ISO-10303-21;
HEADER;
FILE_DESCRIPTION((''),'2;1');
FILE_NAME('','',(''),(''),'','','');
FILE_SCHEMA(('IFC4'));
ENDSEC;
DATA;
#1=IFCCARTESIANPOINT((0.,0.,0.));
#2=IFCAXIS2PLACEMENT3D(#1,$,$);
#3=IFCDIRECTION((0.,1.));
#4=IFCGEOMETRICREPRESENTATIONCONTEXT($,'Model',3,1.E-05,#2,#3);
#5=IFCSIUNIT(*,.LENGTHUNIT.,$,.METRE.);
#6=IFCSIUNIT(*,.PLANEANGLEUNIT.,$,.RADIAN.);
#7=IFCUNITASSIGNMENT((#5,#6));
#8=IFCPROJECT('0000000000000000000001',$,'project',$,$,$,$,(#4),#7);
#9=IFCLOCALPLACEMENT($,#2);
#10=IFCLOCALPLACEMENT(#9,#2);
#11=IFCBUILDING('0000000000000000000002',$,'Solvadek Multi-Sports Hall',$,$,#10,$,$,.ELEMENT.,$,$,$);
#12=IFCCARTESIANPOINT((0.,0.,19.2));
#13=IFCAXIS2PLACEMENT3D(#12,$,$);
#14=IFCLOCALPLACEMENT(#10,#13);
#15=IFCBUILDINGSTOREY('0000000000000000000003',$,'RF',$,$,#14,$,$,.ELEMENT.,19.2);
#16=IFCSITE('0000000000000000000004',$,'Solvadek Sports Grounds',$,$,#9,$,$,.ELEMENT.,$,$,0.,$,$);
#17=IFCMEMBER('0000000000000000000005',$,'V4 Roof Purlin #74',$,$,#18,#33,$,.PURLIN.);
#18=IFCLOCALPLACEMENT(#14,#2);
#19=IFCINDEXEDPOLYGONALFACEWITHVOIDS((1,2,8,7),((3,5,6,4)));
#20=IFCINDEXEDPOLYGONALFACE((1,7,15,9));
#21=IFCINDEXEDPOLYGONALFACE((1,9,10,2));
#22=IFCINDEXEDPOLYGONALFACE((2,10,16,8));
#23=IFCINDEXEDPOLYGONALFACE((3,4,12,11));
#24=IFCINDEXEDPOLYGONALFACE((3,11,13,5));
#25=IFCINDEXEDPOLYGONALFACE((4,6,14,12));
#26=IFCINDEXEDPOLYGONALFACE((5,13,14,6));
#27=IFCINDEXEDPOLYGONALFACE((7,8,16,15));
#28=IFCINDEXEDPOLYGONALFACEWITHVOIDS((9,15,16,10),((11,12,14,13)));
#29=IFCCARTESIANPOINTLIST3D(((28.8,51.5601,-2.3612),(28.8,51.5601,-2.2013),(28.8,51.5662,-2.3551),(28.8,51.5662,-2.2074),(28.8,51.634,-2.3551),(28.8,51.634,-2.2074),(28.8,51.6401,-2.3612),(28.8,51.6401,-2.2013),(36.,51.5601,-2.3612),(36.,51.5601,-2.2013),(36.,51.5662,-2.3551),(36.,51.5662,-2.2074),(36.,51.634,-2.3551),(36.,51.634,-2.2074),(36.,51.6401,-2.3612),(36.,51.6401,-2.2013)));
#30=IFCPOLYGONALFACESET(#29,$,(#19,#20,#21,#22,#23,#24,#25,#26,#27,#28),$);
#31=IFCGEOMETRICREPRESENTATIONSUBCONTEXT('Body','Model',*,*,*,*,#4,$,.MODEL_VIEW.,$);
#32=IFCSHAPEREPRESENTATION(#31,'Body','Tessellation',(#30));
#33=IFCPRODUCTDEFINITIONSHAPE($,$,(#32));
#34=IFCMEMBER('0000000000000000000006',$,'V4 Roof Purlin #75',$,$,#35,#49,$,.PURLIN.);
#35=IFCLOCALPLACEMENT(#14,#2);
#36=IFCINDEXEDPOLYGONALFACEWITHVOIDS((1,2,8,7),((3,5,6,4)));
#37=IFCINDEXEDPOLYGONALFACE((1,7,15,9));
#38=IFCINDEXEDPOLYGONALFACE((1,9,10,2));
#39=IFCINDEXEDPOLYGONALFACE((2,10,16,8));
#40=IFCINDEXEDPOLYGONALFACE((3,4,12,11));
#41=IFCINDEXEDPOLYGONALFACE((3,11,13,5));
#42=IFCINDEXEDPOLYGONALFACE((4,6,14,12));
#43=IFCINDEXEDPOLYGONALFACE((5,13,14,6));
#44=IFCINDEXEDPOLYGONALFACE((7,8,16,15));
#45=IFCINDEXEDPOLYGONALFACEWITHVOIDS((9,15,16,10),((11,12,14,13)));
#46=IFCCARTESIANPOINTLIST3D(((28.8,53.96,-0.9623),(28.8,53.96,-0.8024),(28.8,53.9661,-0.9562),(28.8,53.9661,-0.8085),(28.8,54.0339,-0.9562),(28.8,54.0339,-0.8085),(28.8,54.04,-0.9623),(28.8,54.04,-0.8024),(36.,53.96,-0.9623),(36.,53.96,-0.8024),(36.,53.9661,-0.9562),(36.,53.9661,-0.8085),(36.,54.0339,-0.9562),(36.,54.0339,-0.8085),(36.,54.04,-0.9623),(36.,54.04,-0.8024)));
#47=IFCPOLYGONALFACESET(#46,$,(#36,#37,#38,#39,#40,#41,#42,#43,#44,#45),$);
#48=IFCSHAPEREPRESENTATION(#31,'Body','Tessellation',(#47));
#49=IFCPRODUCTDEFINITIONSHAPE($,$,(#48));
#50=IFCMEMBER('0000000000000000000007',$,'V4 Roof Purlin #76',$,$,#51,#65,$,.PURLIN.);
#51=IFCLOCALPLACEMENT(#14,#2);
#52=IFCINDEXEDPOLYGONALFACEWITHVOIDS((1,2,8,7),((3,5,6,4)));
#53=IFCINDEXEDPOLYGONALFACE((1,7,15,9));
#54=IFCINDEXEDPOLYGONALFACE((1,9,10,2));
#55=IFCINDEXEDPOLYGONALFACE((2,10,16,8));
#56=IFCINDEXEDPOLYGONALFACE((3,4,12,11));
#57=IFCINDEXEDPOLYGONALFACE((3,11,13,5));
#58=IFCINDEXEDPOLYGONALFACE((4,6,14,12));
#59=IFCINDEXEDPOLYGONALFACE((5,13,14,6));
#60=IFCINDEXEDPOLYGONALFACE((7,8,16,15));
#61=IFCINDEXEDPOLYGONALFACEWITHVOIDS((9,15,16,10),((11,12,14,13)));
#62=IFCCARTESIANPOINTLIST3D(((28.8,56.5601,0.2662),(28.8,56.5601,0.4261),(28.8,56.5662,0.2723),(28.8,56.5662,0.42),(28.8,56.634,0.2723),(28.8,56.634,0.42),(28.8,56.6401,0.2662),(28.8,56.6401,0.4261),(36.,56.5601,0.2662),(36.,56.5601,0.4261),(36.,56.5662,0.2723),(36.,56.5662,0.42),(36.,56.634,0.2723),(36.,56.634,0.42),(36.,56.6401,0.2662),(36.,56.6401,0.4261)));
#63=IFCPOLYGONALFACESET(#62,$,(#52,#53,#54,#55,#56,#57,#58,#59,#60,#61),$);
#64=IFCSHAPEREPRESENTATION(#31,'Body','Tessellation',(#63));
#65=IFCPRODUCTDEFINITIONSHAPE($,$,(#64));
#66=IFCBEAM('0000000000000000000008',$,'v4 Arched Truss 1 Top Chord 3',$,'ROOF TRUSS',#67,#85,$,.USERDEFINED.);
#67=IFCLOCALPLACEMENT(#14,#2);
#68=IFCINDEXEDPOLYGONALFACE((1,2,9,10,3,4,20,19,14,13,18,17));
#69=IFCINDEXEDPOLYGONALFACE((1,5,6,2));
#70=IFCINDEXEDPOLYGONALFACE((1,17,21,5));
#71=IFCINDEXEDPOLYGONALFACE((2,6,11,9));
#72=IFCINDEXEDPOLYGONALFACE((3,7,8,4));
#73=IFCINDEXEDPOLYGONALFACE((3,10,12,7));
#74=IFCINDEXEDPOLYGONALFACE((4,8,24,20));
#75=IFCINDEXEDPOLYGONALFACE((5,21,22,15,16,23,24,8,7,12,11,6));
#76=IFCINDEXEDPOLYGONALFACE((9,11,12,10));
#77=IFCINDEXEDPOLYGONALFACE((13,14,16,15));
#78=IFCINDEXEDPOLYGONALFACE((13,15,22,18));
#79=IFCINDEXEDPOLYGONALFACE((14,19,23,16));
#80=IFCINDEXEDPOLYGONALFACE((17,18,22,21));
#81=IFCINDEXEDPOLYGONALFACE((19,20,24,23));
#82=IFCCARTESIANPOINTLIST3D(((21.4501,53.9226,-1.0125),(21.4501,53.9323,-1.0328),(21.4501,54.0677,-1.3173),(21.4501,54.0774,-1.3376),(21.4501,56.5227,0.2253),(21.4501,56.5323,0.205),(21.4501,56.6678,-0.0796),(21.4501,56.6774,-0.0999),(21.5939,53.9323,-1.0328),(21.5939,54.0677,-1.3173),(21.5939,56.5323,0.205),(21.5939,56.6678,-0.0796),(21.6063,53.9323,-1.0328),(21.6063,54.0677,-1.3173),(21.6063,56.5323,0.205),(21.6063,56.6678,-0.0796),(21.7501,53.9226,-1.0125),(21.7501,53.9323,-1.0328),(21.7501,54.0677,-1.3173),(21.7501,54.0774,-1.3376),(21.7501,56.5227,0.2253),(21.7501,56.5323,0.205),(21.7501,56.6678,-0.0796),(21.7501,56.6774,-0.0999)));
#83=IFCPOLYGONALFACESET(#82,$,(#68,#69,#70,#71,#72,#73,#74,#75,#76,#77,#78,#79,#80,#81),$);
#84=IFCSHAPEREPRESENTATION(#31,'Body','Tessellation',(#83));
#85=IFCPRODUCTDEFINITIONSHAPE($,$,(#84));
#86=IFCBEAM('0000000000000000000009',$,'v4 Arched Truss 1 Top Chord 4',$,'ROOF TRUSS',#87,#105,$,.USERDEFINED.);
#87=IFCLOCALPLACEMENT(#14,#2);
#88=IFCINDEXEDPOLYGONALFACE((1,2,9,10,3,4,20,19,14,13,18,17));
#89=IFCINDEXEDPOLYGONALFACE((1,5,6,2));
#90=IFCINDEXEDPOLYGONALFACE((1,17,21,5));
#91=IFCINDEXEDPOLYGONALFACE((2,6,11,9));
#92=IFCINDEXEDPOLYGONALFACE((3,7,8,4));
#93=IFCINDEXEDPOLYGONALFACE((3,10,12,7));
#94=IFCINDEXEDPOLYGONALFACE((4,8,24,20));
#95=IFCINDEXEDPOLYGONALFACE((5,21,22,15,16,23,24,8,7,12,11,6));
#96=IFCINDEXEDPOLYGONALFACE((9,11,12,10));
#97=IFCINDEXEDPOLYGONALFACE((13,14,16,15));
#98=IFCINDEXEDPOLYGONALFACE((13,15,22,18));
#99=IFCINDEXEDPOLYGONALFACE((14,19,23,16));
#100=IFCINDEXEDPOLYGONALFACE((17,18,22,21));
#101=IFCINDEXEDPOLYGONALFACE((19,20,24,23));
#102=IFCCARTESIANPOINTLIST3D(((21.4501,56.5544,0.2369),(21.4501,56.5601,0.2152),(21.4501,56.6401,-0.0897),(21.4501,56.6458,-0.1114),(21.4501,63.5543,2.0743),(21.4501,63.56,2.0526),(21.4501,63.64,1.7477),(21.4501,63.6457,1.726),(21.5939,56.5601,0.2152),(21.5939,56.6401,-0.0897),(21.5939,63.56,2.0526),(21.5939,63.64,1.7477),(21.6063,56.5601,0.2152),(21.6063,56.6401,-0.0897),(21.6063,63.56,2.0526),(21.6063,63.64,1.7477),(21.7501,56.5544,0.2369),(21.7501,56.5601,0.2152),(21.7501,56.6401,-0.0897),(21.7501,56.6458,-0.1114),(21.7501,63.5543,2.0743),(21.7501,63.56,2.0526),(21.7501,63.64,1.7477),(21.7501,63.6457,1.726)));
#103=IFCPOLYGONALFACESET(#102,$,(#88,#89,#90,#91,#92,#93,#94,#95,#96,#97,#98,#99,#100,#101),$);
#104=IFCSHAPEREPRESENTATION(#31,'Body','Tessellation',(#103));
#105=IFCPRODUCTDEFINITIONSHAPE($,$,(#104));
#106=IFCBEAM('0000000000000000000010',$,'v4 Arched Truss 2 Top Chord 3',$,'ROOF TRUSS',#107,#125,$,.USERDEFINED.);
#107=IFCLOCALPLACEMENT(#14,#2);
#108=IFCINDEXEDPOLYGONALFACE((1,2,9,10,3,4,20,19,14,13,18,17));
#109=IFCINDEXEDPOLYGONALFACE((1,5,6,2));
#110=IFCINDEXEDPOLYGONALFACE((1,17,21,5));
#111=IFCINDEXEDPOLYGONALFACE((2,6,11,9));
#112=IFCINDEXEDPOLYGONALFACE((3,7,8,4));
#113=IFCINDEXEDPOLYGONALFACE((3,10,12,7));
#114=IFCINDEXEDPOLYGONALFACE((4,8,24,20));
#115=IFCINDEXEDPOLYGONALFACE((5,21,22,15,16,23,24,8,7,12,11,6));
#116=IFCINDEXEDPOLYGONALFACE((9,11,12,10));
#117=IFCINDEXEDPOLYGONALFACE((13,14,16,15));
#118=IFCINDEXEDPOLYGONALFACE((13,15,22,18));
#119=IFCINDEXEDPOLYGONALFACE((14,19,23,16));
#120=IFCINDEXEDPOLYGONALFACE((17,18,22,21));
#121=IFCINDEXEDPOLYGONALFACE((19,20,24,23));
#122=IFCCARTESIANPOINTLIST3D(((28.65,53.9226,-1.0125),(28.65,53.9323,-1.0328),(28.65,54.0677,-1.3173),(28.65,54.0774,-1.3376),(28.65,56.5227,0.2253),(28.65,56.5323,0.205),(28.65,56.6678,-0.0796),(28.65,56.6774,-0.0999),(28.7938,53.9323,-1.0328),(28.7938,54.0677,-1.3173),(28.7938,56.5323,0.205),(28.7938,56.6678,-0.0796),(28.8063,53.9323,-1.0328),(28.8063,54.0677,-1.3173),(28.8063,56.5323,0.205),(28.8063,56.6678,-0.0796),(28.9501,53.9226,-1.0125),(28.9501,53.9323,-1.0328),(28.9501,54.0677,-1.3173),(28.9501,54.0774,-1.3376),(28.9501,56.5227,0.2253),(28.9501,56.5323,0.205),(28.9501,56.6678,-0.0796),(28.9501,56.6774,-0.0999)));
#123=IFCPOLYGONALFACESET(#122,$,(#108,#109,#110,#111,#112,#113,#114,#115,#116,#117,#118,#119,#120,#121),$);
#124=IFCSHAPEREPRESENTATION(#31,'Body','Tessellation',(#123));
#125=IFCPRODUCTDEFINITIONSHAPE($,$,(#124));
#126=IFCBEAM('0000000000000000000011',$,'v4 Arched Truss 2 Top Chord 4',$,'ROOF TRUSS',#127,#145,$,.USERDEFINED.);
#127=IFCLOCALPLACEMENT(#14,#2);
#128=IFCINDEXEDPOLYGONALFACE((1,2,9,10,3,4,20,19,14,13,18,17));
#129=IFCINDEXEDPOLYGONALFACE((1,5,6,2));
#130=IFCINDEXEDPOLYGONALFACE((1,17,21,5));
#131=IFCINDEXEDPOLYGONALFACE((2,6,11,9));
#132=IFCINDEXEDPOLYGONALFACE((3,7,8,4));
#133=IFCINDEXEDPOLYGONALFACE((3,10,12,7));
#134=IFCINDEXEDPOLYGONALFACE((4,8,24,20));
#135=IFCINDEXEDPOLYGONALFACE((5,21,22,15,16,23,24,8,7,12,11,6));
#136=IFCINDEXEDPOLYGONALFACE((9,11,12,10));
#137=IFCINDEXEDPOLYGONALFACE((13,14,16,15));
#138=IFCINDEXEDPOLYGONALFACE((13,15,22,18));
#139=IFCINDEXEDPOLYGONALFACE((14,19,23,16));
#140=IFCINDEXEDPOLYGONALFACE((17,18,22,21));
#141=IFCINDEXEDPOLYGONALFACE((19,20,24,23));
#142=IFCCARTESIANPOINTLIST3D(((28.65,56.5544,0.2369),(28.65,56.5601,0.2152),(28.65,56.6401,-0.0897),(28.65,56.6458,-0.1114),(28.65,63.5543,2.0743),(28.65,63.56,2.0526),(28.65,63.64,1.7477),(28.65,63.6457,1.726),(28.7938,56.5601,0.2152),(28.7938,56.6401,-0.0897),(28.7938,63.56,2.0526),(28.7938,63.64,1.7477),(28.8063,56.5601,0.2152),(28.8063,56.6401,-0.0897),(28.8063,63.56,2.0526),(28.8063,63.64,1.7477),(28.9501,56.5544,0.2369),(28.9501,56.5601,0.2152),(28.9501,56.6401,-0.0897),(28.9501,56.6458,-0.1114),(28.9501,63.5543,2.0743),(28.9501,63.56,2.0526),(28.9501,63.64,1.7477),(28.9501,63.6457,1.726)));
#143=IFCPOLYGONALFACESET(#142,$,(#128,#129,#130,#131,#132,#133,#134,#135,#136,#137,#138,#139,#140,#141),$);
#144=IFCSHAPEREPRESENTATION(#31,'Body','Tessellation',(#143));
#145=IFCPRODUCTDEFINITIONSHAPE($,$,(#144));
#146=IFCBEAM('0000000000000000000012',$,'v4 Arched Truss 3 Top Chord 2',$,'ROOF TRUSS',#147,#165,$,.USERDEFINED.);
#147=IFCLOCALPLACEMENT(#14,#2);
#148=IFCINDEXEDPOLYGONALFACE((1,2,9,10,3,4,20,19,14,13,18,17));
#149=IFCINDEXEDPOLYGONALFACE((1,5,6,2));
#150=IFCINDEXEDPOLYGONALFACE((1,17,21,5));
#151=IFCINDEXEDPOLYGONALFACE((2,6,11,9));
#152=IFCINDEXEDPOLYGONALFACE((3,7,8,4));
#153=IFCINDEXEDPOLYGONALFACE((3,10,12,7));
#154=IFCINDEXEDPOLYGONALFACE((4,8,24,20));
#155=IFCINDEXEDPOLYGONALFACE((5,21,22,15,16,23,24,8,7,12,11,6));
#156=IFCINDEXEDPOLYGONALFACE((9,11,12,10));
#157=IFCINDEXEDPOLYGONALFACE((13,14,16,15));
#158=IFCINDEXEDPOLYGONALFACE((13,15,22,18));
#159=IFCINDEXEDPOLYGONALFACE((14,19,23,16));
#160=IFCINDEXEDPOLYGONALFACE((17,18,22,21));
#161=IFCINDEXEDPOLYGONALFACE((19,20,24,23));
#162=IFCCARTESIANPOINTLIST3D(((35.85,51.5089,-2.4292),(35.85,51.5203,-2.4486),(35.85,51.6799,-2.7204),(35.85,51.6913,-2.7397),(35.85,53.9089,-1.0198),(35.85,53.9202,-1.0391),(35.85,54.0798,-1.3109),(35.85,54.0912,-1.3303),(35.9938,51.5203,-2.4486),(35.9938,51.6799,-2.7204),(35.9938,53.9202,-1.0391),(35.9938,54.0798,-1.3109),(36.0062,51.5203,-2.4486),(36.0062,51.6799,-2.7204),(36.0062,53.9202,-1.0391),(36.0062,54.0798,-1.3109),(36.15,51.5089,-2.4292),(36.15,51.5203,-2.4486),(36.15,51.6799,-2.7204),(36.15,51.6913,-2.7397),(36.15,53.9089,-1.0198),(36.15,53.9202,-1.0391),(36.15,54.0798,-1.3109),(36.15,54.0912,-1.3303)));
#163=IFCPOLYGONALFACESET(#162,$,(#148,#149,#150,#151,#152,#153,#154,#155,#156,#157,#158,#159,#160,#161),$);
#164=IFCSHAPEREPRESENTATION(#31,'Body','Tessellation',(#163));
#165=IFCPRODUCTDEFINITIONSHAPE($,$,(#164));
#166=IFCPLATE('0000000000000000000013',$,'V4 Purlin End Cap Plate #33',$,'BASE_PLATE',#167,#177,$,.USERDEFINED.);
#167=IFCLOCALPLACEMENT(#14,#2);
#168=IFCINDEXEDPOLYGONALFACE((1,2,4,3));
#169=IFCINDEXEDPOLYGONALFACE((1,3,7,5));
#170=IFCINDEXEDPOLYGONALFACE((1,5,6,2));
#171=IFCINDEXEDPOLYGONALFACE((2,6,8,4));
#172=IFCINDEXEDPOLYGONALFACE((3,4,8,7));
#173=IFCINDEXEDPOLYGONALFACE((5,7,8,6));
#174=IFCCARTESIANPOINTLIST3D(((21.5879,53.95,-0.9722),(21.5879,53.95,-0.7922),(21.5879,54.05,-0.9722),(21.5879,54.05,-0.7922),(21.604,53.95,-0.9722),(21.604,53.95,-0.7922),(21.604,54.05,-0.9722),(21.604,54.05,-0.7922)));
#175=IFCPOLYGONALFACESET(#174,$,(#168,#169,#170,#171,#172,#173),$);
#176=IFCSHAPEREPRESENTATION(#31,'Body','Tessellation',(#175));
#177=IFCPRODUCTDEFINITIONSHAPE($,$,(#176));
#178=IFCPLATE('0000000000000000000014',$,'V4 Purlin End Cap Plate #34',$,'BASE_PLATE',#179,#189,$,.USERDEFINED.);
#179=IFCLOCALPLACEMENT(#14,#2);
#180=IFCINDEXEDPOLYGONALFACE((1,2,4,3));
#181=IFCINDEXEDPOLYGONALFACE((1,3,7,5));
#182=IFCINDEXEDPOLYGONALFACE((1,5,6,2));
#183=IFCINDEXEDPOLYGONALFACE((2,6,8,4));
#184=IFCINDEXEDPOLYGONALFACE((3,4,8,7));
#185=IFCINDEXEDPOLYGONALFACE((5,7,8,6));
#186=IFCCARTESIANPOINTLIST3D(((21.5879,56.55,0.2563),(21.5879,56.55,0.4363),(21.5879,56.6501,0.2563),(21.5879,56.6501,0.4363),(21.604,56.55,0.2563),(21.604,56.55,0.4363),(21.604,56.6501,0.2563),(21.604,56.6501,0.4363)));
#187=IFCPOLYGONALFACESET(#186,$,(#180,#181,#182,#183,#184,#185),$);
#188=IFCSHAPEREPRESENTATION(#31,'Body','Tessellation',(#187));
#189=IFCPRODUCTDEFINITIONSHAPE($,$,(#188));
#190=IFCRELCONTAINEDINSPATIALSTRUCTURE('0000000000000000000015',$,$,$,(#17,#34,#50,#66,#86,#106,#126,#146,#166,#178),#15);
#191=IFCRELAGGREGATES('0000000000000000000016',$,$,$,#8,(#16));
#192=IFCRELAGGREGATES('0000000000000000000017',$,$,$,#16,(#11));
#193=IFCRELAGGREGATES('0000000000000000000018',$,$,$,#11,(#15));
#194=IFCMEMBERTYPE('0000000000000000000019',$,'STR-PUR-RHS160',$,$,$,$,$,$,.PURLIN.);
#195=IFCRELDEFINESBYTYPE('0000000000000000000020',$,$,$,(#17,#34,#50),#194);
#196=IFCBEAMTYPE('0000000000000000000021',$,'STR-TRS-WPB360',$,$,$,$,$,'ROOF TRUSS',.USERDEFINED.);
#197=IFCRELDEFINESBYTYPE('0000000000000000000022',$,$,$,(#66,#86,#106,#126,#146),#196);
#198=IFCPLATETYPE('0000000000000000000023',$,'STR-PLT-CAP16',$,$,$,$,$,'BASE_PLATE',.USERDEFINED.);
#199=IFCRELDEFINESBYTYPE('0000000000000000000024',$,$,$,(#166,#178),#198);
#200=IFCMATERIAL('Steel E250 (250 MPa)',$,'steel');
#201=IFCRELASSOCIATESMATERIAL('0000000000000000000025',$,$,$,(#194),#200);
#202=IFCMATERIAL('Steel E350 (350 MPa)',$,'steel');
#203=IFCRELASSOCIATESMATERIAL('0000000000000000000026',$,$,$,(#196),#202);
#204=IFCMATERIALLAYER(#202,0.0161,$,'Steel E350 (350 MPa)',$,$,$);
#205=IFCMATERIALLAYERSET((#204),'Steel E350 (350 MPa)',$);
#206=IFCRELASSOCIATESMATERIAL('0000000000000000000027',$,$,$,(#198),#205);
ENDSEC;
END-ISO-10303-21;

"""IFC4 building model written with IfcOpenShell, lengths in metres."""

from ifc_helpers import new_model, si_unit, direction, frame, origin, origin_2d, place, context, subcontext, project, spatial, rectangle, hollow_rectangle, i_section, extrude, material, layer, layer_set, material_profile, profile_set, type_object, element, save


model = new_model("IFC4")

# Units and contexts
model_context = context("Model", 3, precision=1e-05, world=origin(), true_north=direction((0.0, 1.0)))
body_context = subcontext(model_context, "Body", "Model", "MODEL_VIEW")
ifc_project = project(units=[si_unit("LENGTHUNIT", "METRE"), si_unit("PLANEANGLEUNIT", "RADIAN")], contexts=[model_context])

# Site, building, storey
site_placement = place(None, origin())
site = spatial("IfcSite", under=ifc_project, at=site_placement, Name="Solvadek Sports Grounds", CompositionType="ELEMENT", RefElevation=0.0)
building_placement = place(site_placement, origin())
building = spatial("IfcBuilding", under=site, at=building_placement, Name="Solvadek Multi-Sports Hall", CompositionType="ELEMENT")
storey_placement = place(building_placement, frame((0.0, 0.0, 19.2)))
storey = spatial("IfcBuildingStorey", under=building, at=storey_placement, Name="RF", CompositionType="ELEMENT", Elevation=19.2)

# Members
ifc_material_1 = material(Name="Steel E350 (350 MPa)", Category="steel")
ifc_material_2 = material(Name="Steel E250 (250 MPa)", Category="steel")
ifc_material_profile_1 = material_profile(ifc_material_2, hollow_rectangle(XDim=0.0801, YDim=0.1599, WallThickness=0.0061, at=origin_2d()), Name="RHS 160x80x6")
ifc_profile_set_1 = profile_set([ifc_material_profile_1], Name="Steel E250 (250 MPa)")
member_type_1 = type_object("IfcMemberType", Name="STR-PUR-RHS160", PredefinedType="PURLIN", material=ifc_profile_set_1)
for number, where, z_axis, x_axis, name in (
    (1, (28.8, 51.6001, -2.2812), (1.0, 0.0, 0.0), (0.0, 1.0, 0.0), "V4 Roof Purlin #74"),
    (2, (28.8, 54.0, -0.8823), (1.0, 0.0, 0.0), (0.0, 1.0, 0.0), "V4 Roof Purlin #75"),
    (3, (28.8, 56.6001, 0.3462), (1.0, 0.0, 0.0), (0.0, 1.0, 0.0), "V4 Roof Purlin #76"),
):
    element("IfcMember", number, at=place(storey_placement, frame(where, z_axis=z_axis, x_axis=x_axis)), inside=storey, type_object=member_type_1, Name=name, PredefinedType="PURLIN", context=body_context, shape_type="SweptSolid", body=[
        extrude(hollow_rectangle(XDim=0.0801, YDim=0.1599, WallThickness=0.0061, at=origin_2d()), origin(), (0.0, 0.0, 1.0), 7.2),
    ])

# Beams
ifc_material_profile_2 = material_profile(ifc_material_1, i_section(OverallWidth=0.3, OverallDepth=0.3601, WebThickness=0.0125, FlangeThickness=0.0225, at=origin_2d()), Name="WPB 360")
ifc_profile_set_2 = profile_set([ifc_material_profile_2], Name="Steel E350 (350 MPa)")
beam_type = type_object("IfcBeamType", Name="STR-TRS-WPB360", ElementType="ROOF TRUSS", PredefinedType="USERDEFINED", material=ifc_profile_set_2)
beam_1_placement = place(storey_placement, frame((21.6001, 54.0, -1.175), z_axis=(0.0, 0.902908, 0.429835), x_axis=(-1.0, 0.0, 0.0)))
element("IfcBeam", 4, at=beam_1_placement, inside=storey, type_object=beam_type, Name="v4 Arched Truss 1 Top Chord 3", ObjectType="ROOF TRUSS", PredefinedType="USERDEFINED", context=body_context, shape_type="SweptSolid", body=[
    extrude(i_section(OverallWidth=0.3, OverallDepth=0.3601, WebThickness=0.0125, FlangeThickness=0.0225, at=origin_2d()), origin(), (0.0, 0.0, 1.0), 2.8796),
])
beam_2_placement = place(storey_placement, frame((21.6001, 56.6001, 0.0627), z_axis=(0.0, 0.967234, 0.253886), x_axis=(-1.0, 0.0, 0.0)))
element("IfcBeam", 5, at=beam_2_placement, inside=storey, type_object=beam_type, Name="v4 Arched Truss 1 Top Chord 4", ObjectType="ROOF TRUSS", PredefinedType="USERDEFINED", context=body_context, shape_type="SweptSolid", body=[
    extrude(i_section(OverallWidth=0.3, OverallDepth=0.3601, WebThickness=0.0125, FlangeThickness=0.0225, at=origin_2d()), origin(), (0.0, 0.0, 1.0), 7.2371),
])
beam_3_placement = place(storey_placement, frame((28.8, 54.0, -1.175), z_axis=(0.0, 0.902908, 0.429835), x_axis=(-1.0, 0.0, 0.0)))
element("IfcBeam", 6, at=beam_3_placement, inside=storey, type_object=beam_type, Name="v4 Arched Truss 2 Top Chord 3", ObjectType="ROOF TRUSS", PredefinedType="USERDEFINED", context=body_context, shape_type="SweptSolid", body=[
    extrude(i_section(OverallWidth=0.3, OverallDepth=0.3601, WebThickness=0.0125, FlangeThickness=0.0225, at=origin_2d()), origin(), (0.0, 0.0, 1.0), 2.8796),
])
beam_4_placement = place(storey_placement, frame((28.8, 56.6001, 0.0627), z_axis=(0.0, 0.967234, 0.253886), x_axis=(-1.0, 0.0, 0.0)))
element("IfcBeam", 7, at=beam_4_placement, inside=storey, type_object=beam_type, Name="v4 Arched Truss 2 Top Chord 4", ObjectType="ROOF TRUSS", PredefinedType="USERDEFINED", context=body_context, shape_type="SweptSolid", body=[
    extrude(i_section(OverallWidth=0.3, OverallDepth=0.3601, WebThickness=0.0125, FlangeThickness=0.0225, at=origin_2d()), origin(), (0.0, 0.0, 1.0), 7.2371),
])
beam_5_placement = place(storey_placement, frame((36.0, 51.6001, -2.5845), z_axis=(0.0, 0.862293, 0.50641), x_axis=(-1.0, 0.0, 0.0)))
element("IfcBeam", 8, at=beam_5_placement, inside=storey, type_object=beam_type, Name="v4 Arched Truss 3 Top Chord 2", ObjectType="ROOF TRUSS", PredefinedType="USERDEFINED", context=body_context, shape_type="SweptSolid", body=[
    extrude(i_section(OverallWidth=0.3, OverallDepth=0.3601, WebThickness=0.0125, FlangeThickness=0.0225, at=origin_2d()), origin(), (0.0, 0.0, 1.0), 2.7832),
])

# Plates
ifc_layer_1 = layer(ifc_material_1, 0.0161, Name="Steel E350 (350 MPa)")
ifc_layer_set_1 = layer_set([ifc_layer_1], Name="Steel E350 (350 MPa)")
plate_type_1 = type_object("IfcPlateType", Name="STR-PLT-CAP16", ElementType="BASE_PLATE", PredefinedType="USERDEFINED", material=ifc_layer_set_1)
for number, where, z_axis, x_axis, name in (
    (9, (21.5959, 54.0, -0.9722), (0.0, 0.0, 1.0), (1.0, 0.0, 0.0), "V4 Purlin End Cap Plate #33"),
    (10, (21.5959, 56.6001, 0.2563), (0.0, 0.0, 1.0), (1.0, 0.0, 0.0), "V4 Purlin End Cap Plate #34"),
):
    element("IfcPlate", number, at=place(storey_placement, frame(where, z_axis=z_axis, x_axis=x_axis)), inside=storey, type_object=plate_type_1, Name=name, ObjectType="BASE_PLATE", PredefinedType="USERDEFINED", context=body_context, shape_type="SweptSolid", body=[
        extrude(rectangle(XDim=0.0161, YDim=0.1001, at=origin_2d()), origin(), (0.0, 0.0, 1.0), 0.1799),
    ])

save(model, "model.ifc")
